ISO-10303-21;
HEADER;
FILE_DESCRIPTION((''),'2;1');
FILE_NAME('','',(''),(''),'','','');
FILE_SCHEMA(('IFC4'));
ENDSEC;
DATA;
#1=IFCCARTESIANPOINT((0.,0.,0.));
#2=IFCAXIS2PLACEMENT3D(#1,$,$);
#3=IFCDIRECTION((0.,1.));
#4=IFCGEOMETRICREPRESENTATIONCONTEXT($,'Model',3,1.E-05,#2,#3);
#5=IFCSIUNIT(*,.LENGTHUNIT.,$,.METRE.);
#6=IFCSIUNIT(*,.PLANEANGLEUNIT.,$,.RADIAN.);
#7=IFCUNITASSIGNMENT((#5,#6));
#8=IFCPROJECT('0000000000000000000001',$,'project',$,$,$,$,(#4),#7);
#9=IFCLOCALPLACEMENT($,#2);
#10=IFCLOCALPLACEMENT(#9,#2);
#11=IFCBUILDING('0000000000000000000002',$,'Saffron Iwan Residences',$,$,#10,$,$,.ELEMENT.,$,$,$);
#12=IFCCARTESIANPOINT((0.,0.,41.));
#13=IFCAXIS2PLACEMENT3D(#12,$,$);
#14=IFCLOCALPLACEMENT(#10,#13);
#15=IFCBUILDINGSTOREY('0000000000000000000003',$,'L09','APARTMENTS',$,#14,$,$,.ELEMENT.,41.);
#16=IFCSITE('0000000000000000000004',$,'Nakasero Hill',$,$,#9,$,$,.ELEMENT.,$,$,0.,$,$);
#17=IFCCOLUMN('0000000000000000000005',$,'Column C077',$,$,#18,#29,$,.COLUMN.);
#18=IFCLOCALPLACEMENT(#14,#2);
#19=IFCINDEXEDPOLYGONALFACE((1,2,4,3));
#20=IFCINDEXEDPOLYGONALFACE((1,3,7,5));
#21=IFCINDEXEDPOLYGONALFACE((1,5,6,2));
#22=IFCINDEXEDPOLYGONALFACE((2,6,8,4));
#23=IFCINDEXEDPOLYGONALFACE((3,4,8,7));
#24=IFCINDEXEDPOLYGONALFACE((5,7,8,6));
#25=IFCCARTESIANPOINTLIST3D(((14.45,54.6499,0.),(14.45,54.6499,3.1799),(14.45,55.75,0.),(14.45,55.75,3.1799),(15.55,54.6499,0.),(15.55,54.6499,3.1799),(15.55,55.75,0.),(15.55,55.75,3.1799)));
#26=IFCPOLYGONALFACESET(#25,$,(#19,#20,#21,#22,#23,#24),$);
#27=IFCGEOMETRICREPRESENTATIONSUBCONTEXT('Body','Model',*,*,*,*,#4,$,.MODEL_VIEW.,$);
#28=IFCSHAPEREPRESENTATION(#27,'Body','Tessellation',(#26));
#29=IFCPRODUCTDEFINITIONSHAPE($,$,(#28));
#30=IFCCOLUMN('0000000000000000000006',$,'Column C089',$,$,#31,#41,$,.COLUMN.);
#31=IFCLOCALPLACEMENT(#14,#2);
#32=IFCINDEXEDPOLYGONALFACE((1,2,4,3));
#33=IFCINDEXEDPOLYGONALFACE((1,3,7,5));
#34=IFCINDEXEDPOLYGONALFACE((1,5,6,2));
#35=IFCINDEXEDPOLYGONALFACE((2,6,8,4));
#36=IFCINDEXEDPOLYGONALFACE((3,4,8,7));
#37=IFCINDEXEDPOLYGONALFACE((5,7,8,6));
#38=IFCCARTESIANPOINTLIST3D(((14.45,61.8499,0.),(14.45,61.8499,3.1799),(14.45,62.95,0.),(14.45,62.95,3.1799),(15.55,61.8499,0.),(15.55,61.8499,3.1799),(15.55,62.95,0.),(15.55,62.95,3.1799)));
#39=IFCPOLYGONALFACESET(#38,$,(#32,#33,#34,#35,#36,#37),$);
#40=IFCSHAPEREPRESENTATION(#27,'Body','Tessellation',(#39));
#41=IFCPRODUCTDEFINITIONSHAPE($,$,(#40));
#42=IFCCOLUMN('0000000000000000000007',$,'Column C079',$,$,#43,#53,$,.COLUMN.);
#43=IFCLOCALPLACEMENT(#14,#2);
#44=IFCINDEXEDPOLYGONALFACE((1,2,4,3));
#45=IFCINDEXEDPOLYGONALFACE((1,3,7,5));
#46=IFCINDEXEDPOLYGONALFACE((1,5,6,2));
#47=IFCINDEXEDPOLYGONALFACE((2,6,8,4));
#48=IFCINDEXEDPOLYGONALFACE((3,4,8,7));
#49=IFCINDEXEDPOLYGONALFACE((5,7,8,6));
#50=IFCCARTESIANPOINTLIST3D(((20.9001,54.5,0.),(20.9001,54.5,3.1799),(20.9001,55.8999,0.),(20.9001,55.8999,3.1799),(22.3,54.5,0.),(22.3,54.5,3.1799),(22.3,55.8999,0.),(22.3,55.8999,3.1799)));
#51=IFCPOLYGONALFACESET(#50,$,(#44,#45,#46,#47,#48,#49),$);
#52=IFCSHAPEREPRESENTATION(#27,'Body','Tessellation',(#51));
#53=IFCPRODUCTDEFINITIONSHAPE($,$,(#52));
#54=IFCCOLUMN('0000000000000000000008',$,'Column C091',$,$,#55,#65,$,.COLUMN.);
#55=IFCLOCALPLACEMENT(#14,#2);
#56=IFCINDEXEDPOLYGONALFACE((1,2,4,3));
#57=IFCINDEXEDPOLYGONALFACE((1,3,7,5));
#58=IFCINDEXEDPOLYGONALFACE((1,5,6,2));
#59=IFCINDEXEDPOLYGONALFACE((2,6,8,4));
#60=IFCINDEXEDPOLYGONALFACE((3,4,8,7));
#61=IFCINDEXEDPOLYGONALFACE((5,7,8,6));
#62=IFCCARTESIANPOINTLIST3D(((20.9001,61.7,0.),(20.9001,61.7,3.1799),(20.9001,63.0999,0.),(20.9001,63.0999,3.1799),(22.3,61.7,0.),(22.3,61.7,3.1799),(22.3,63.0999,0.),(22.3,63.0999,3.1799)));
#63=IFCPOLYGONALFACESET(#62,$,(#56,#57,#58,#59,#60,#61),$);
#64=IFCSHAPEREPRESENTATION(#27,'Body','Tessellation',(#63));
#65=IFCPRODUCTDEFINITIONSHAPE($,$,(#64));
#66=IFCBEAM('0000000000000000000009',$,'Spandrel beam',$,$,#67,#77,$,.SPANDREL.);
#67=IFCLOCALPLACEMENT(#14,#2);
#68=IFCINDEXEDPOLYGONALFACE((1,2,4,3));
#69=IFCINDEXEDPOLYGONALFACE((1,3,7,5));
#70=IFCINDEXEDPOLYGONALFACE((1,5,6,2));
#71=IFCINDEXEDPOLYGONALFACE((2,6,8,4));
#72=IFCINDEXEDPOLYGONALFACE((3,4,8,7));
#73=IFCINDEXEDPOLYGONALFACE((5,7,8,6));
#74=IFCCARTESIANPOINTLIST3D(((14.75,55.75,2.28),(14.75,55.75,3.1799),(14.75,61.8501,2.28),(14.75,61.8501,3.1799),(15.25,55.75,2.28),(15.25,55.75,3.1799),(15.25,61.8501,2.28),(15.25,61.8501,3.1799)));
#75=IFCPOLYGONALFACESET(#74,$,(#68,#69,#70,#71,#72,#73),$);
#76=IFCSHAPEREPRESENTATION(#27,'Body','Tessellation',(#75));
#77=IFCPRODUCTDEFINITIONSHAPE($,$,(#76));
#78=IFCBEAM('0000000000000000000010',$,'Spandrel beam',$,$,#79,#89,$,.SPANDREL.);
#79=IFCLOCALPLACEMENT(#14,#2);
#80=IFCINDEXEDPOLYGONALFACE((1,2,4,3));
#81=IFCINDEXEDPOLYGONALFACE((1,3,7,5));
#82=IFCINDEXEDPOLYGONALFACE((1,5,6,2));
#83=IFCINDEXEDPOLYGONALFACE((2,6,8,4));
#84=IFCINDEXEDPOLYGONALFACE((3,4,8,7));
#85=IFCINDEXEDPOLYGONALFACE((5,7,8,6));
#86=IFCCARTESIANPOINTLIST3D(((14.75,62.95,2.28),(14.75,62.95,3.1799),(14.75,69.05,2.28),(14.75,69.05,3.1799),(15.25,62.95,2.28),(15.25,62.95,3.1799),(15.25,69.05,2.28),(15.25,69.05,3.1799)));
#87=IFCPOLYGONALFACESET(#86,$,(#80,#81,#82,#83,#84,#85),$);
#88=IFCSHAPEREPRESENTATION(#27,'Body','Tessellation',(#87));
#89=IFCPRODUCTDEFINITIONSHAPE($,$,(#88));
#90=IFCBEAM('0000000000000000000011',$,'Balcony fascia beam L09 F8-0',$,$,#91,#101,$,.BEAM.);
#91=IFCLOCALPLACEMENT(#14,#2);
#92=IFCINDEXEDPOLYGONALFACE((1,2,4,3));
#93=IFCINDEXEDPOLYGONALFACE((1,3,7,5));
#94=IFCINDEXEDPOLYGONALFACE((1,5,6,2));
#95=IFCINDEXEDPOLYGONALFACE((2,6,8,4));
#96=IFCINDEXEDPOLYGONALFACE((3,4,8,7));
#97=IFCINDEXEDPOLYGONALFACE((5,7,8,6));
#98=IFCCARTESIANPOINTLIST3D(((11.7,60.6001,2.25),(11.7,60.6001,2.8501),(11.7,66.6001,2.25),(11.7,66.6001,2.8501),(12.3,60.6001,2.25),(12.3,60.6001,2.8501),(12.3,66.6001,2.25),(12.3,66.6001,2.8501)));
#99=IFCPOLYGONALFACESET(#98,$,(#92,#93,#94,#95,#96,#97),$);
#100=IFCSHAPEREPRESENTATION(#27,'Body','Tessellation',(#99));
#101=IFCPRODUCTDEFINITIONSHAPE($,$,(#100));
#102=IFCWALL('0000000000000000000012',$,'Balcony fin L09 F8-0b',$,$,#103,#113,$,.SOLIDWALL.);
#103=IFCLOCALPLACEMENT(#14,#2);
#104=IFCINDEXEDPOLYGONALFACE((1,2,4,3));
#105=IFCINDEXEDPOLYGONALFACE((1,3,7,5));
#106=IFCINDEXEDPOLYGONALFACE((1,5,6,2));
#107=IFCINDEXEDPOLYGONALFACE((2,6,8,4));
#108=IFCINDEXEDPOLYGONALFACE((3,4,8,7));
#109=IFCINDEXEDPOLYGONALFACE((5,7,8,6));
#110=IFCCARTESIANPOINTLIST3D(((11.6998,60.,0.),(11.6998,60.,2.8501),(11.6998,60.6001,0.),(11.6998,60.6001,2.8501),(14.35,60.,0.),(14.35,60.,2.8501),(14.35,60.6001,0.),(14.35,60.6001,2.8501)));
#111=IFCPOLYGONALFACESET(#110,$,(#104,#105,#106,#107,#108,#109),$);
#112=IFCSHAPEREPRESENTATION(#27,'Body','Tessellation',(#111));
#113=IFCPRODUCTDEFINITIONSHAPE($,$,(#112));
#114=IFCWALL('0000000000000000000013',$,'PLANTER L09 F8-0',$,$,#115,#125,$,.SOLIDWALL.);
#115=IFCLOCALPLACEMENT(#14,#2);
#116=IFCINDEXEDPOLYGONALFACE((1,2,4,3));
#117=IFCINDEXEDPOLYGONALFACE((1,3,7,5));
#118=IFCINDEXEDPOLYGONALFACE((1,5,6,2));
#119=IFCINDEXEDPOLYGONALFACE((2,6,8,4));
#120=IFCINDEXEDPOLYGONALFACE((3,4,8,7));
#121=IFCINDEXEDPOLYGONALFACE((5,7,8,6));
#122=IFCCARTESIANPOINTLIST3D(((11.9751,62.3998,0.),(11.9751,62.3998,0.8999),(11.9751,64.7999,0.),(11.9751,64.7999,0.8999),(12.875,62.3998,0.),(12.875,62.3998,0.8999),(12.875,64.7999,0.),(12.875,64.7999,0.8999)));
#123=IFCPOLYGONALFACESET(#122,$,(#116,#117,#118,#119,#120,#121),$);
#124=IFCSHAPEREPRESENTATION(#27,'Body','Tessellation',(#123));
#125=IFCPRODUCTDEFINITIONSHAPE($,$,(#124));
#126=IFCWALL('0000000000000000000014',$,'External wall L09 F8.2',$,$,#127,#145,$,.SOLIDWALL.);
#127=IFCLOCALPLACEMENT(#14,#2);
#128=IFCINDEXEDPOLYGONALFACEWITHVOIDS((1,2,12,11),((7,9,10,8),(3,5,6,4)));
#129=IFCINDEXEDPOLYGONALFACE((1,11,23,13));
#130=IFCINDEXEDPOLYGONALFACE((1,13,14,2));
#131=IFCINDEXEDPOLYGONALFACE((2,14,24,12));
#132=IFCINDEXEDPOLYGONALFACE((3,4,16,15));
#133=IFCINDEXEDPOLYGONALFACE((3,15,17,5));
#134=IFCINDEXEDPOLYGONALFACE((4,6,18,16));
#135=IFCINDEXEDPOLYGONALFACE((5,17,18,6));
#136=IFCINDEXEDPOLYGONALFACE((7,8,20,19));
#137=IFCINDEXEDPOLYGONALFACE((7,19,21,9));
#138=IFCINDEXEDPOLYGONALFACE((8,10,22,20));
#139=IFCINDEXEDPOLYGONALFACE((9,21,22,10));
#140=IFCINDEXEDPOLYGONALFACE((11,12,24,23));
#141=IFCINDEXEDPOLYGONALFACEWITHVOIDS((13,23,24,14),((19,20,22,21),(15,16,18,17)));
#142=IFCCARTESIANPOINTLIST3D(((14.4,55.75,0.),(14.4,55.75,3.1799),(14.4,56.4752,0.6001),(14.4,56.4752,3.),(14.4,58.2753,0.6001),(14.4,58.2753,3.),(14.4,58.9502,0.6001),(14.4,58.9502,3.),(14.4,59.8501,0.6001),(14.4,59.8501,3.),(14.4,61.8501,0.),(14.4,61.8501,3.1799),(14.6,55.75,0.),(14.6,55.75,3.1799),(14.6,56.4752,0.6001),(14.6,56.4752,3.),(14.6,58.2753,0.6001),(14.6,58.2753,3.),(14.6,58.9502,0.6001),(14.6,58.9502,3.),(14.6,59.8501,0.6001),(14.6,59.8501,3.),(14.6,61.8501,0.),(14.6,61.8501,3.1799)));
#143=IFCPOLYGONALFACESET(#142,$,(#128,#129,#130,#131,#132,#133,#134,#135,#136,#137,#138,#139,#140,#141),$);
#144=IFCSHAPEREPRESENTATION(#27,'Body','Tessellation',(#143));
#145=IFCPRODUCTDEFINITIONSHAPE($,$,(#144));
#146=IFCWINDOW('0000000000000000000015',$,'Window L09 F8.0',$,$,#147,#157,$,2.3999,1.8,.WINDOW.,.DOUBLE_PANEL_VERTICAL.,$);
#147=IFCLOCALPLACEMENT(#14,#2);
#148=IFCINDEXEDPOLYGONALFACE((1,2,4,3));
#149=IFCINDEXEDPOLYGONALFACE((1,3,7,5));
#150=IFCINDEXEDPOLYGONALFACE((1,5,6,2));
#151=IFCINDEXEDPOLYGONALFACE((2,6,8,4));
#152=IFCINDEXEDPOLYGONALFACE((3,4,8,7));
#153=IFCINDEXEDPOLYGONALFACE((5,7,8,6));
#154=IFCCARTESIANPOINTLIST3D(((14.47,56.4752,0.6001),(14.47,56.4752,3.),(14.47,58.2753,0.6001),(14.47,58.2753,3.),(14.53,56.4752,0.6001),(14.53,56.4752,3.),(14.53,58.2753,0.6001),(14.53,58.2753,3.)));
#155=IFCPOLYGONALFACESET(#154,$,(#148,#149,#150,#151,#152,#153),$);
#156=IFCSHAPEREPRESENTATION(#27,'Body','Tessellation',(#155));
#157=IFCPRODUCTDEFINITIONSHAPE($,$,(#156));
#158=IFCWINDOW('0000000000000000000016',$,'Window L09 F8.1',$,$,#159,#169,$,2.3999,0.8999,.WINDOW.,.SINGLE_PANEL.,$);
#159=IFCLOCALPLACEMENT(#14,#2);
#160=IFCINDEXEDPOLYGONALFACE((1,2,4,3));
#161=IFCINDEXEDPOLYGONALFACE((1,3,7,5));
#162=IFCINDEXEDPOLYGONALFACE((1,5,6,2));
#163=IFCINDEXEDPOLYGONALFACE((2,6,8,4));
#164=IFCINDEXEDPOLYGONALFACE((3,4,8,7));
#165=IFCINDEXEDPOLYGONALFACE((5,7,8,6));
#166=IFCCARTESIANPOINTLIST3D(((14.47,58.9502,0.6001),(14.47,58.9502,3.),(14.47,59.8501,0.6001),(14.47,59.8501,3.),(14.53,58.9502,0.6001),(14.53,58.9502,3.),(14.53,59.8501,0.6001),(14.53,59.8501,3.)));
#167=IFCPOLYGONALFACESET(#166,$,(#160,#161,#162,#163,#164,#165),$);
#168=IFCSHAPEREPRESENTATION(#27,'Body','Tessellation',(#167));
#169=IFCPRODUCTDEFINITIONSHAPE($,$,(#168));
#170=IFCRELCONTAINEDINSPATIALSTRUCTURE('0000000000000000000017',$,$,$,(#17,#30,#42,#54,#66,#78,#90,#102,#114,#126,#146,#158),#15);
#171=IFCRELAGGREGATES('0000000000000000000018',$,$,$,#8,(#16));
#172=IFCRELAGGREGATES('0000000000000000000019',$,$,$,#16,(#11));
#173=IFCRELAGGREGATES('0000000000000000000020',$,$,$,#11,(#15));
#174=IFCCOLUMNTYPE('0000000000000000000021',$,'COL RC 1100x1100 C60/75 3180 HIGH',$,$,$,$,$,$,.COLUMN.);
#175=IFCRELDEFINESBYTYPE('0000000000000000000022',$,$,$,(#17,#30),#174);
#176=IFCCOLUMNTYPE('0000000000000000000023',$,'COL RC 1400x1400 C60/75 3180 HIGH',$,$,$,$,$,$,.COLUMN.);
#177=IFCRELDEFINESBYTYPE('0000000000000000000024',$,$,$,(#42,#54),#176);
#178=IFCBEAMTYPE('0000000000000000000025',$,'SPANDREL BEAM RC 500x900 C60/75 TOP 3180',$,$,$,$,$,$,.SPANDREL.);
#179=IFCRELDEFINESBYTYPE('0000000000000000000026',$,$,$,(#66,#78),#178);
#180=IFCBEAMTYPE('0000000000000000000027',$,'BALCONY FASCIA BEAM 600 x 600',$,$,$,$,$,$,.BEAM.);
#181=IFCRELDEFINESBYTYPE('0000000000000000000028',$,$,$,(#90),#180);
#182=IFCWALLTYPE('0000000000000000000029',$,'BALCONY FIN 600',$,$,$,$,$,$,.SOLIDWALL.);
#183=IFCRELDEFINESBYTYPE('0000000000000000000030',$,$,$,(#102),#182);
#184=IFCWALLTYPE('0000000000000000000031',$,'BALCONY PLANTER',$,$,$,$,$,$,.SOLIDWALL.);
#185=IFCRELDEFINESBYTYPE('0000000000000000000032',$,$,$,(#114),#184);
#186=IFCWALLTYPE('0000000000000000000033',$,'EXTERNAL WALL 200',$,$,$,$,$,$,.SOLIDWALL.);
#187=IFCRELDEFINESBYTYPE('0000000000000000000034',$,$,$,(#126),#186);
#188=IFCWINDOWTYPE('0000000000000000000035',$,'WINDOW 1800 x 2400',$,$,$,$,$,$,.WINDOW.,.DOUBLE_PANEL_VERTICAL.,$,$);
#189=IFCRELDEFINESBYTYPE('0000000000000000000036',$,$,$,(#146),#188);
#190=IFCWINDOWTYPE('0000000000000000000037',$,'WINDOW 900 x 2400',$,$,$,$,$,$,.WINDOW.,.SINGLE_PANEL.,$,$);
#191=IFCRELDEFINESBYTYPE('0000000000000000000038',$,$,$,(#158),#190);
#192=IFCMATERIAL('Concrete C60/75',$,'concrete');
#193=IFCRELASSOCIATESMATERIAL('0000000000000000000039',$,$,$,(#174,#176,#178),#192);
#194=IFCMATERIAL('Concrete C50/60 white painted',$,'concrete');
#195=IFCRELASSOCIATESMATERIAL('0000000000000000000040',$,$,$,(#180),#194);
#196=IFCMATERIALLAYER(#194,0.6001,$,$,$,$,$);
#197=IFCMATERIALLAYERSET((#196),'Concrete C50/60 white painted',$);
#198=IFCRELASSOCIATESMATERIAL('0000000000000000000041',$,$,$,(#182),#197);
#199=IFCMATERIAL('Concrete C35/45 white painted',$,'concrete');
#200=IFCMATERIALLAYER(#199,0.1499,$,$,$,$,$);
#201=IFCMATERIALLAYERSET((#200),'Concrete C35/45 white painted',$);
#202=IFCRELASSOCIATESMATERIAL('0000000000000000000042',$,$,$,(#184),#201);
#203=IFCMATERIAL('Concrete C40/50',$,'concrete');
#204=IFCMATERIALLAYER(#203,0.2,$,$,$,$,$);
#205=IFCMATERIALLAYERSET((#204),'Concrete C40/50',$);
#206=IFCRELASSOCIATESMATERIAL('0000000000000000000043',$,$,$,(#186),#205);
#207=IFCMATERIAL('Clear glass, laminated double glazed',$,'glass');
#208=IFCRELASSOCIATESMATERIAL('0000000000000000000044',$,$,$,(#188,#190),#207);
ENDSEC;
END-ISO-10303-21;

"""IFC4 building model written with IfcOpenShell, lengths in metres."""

from ifc_helpers import new_model, si_unit, direction, frame, frame_2d, origin, origin_2d, place, context, subcontext, project, spatial, rectangle, extrude, source, transform, mapped, material, layer, layer_set, material_profile, profile_set, type_object, element, fill, save


model = new_model("IFC4")

# Units and contexts
model_context = context("Model", 3, precision=1e-05, world=origin(), true_north=direction((0.0, 1.0)))
body_context = subcontext(model_context, "Body", "Model", "MODEL_VIEW")
ifc_project = project(units=[si_unit("LENGTHUNIT", "METRE"), si_unit("PLANEANGLEUNIT", "RADIAN")], contexts=[model_context])

# Site, building, storey
site_placement = place(None, origin())
site = spatial("IfcSite", under=ifc_project, at=site_placement, Name="Nakasero Hill", CompositionType="ELEMENT", RefElevation=0.0)
building_placement = place(site_placement, origin())
building = spatial("IfcBuilding", under=site, at=building_placement, Name="Saffron Iwan Residences", CompositionType="ELEMENT")
storey_placement = place(building_placement, frame((0.0, 0.0, 41.0)))
storey = spatial("IfcBuildingStorey", under=building, at=storey_placement, Name="L09", Description="APARTMENTS", CompositionType="ELEMENT", Elevation=41.0)

# Columns
ifc_material_1 = material(Name="Concrete C60/75", Category="concrete")
ifc_material_profile_1 = material_profile(ifc_material_1, rectangle(XDim=1.1001, YDim=1.1001, at=origin_2d()), Name="RC 1100x1100")
ifc_profile_set_1 = profile_set([ifc_material_profile_1], Name="Concrete C60/75")
column_type_1 = type_object("IfcColumnType", Name="COL RC 1100x1100 C60/75 3180 HIGH", PredefinedType="COLUMN", material=ifc_profile_set_1)
shared_shape_1 = source(origin(), body_context, "Body", "SweptSolid", [
    extrude(rectangle(XDim=1.1001, YDim=1.1001, at=origin_2d()), origin(), (0.0, 0.0, 1.0), 3.1799),
])
for number, where, z_axis, x_axis, name in (
    (1, (15.0, 55.2, 0.0), (0.0, 0.0, 1.0), (1.0, 0.0, 0.0), "Column C077"),
    (2, (15.0, 62.3999, 0.0), (0.0, 0.0, 1.0), (1.0, 0.0, 0.0), "Column C089"),
):
    element("IfcColumn", number, at=place(storey_placement, frame(where, z_axis=z_axis, x_axis=x_axis)), inside=storey, type_object=column_type_1, Name=name, PredefinedType="COLUMN", context=body_context, shape_type="MappedRepresentation", body=[
        mapped(shared_shape_1, transform((0.0, 0.0, 0.0))),
    ])
ifc_material_profile_2 = material_profile(ifc_material_1, rectangle(XDim=1.3999, YDim=1.3999, at=origin_2d()), Name="RC 1400x1400")
ifc_profile_set_2 = profile_set([ifc_material_profile_2], Name="Concrete C60/75")
column_type_2 = type_object("IfcColumnType", Name="COL RC 1400x1400 C60/75 3180 HIGH", PredefinedType="COLUMN", material=ifc_profile_set_2)
shared_shape_2 = source(origin(), body_context, "Body", "SweptSolid", [
    extrude(rectangle(XDim=1.3999, YDim=1.3999, at=origin_2d()), origin(), (0.0, 0.0, 1.0), 3.1799),
])
for number, where, z_axis, x_axis, name in (
    (3, (21.6001, 55.2, 0.0), (0.0, 0.0, 1.0), (1.0, 0.0, 0.0), "Column C079"),
    (4, (21.6001, 62.3999, 0.0), (0.0, 0.0, 1.0), (1.0, 0.0, 0.0), "Column C091"),
):
    element("IfcColumn", number, at=place(storey_placement, frame(where, z_axis=z_axis, x_axis=x_axis)), inside=storey, type_object=column_type_2, Name=name, PredefinedType="COLUMN", context=body_context, shape_type="MappedRepresentation", body=[
        mapped(shared_shape_2, transform((0.0, 0.0, 0.0))),
    ])

# Beams
ifc_material_profile_3 = material_profile(ifc_material_1, rectangle(XDim=0.5, YDim=0.8999, at=origin_2d()), Name="RC 500x900")
ifc_profile_set_3 = profile_set([ifc_material_profile_3], Name="Concrete C60/75")
beam_type_1 = type_object("IfcBeamType", Name="SPANDREL BEAM RC 500x900 C60/75 TOP 3180", PredefinedType="SPANDREL", material=ifc_profile_set_3)
shared_shape_3 = source(origin(), body_context, "Body", "SweptSolid", [
    extrude(rectangle(XDim=0.5, YDim=0.8999, at=origin_2d()), origin(), (0.0, 0.0, 1.0), 6.1001),
])
for number, where, z_axis, x_axis, name in (
    (5, (15.0, 55.75, 2.73), (0.0, 1.0, 0.0), (-1.0, 0.0, 0.0), "Spandrel beam"),
    (6, (15.0, 62.95, 2.73), (0.0, 1.0, 0.0), (-1.0, 0.0, 0.0), "Spandrel beam"),
):
    element("IfcBeam", number, at=place(storey_placement, frame(where, z_axis=z_axis, x_axis=x_axis)), inside=storey, type_object=beam_type_1, Name=name, PredefinedType="SPANDREL", context=body_context, shape_type="MappedRepresentation", body=[
        mapped(shared_shape_3, transform((0.0, 0.0, 0.0))),
    ])
ifc_material_2 = material(Name="Concrete C50/60 white painted", Category="concrete")
ifc_material_profile_4 = material_profile(ifc_material_2, rectangle(XDim=0.6001, YDim=0.6001, at=origin_2d()), Name="BALCONY FASCIA BEAM 600 x 600")
ifc_profile_set_4 = profile_set([ifc_material_profile_4], Name="Concrete C50/60 white painted")
beam_type_2 = type_object("IfcBeamType", Name="BALCONY FASCIA BEAM 600 x 600", PredefinedType="BEAM", material=ifc_profile_set_4)
shared_shape_4 = source(origin(), body_context, "Body", "SweptSolid", [
    extrude(rectangle(XDim=0.6001, YDim=0.6001, at=origin_2d()), origin(), (0.0, 0.0, 1.0), 6.0),
])
beam_placement = place(storey_placement, frame((12.0, 66.6001, 2.55), z_axis=(0.0, -1.0, 0.0), x_axis=(1.0, 0.0, 0.0)))
element("IfcBeam", 7, at=beam_placement, inside=storey, type_object=beam_type_2, Name="Balcony fascia beam L09 F8-0", PredefinedType="BEAM", context=body_context, shape_type="MappedRepresentation", body=[
    mapped(shared_shape_4, transform((0.0, 0.0, 0.0))),
])

# Walls
ifc_layer_1 = layer(ifc_material_2, 0.6001)
ifc_layer_set_1 = layer_set([ifc_layer_1], Name="Concrete C50/60 white painted")
wall_type_1 = type_object("IfcWallType", Name="BALCONY FIN 600", PredefinedType="SOLIDWALL", material=ifc_layer_set_1)
wall_1_placement = place(storey_placement, frame((14.3501, 60.3, 0.0), z_axis=(0.0, 0.0, 1.0), x_axis=(-1.0, 0.0, 0.0)))
element("IfcWall", 8, at=wall_1_placement, inside=storey, type_object=wall_type_1, Name="Balcony fin L09 F8-0b", PredefinedType="SOLIDWALL", context=body_context, shape_type="SweptSolid", body=[
    extrude(rectangle(XDim=2.6501, YDim=0.6001, at=frame_2d((1.3252, 0.0))), origin(), (0.0, 0.0, 1.0), 2.8501),
])
ifc_material_3 = material(Name="Concrete C35/45 white painted", Category="concrete")
ifc_layer_2 = layer(ifc_material_3, 0.1499)
ifc_layer_set_2 = layer_set([ifc_layer_2], Name="Concrete C35/45 white painted")
wall_type_2 = type_object("IfcWallType", Name="BALCONY PLANTER", PredefinedType="SOLIDWALL", material=ifc_layer_set_2)
wall_2_placement = place(storey_placement, frame((12.425, 64.8, 0.0), z_axis=(0.0, 0.0, 1.0), x_axis=(0.0, -1.0, 0.0)))
element("IfcWall", 9, at=wall_2_placement, inside=storey, type_object=wall_type_2, Name="PLANTER L09 F8-0", PredefinedType="SOLIDWALL", context=body_context, shape_type="SweptSolid", body=[
    extrude(rectangle(XDim=2.4001, YDim=0.8999, at=frame_2d((1.2002, 0.0))), origin(), (0.0, 0.0, 1.0), 0.8999),
])

# Wall, openings, windows
ifc_material_4 = material(Name="Concrete C40/50", Category="concrete")
ifc_layer_3 = layer(ifc_material_4, 0.2)
ifc_layer_set_3 = layer_set([ifc_layer_3], Name="Concrete C40/50")
wall_type_3 = type_object("IfcWallType", Name="EXTERNAL WALL 200", PredefinedType="SOLIDWALL", material=ifc_layer_set_3)
wall_3_placement = place(storey_placement, frame((14.5, 61.8501, 0.0), z_axis=(0.0, 0.0, 1.0), x_axis=(0.0, -1.0, 0.0)))
wall_3 = element("IfcWall", 10, at=wall_3_placement, inside=storey, type_object=wall_type_3, Name="External wall L09 F8.2", PredefinedType="SOLIDWALL", context=body_context, shape_type="SweptSolid", body=[
    extrude(rectangle(XDim=6.1001, YDim=0.2, at=frame_2d((3.05, 0.0))), origin(), (0.0, 0.0, 1.0), 3.1799),
])
opening_1_placement = place(wall_3_placement, frame((3.575, 0.0, 0.6001)))
opening_1 = element("IfcOpeningElement", 11, at=opening_1_placement, cuts=wall_3, PredefinedType="OPENING", context=body_context, shape_type="SweptSolid", body=[
    extrude(rectangle(XDim=1.8, YDim=2.3999, at=frame_2d((0.8999, 1.2))), frame((0.0, 0.1099, 0.0), z_axis=(0.0, -1.0, 0.0), x_axis=(1.0, 0.0, 0.0)), (0.0, 0.0, 1.0), 0.22),
])
opening_2_placement = place(wall_3_placement, frame((2.0, 0.0, 0.6001)))
opening_2 = element("IfcOpeningElement", 12, at=opening_2_placement, cuts=wall_3, PredefinedType="OPENING", context=body_context, shape_type="SweptSolid", body=[
    extrude(rectangle(XDim=0.8999, YDim=2.3999, at=frame_2d((0.45, 1.2))), frame((0.0, 0.1099, 0.0), z_axis=(0.0, -1.0, 0.0), x_axis=(1.0, 0.0, 0.0)), (0.0, 0.0, 1.0), 0.22),
])
ifc_material_5 = material(Name="Clear glass, laminated double glazed", Category="glass")
window_type_1 = type_object("IfcWindowType", Name="WINDOW 1800 x 2400", PartitioningType="DOUBLE_PANEL_VERTICAL", PredefinedType="WINDOW", material=ifc_material_5)
window_1_placement = place(opening_1_placement, origin())
window_1 = element("IfcWindow", 13, at=window_1_placement, inside=storey, type_object=window_type_1, Name="Window L09 F8.0", OverallHeight=2.3999, OverallWidth=1.8, PartitioningType="DOUBLE_PANEL_VERTICAL", PredefinedType="WINDOW", context=body_context, shape_type="SweptSolid", body=[
    extrude(rectangle(XDim=1.8, YDim=2.3999, at=frame_2d((0.8999, 1.2))), frame((0.0, 0.03, 0.0), z_axis=(0.0, -1.0, 0.0), x_axis=(1.0, 0.0, 0.0)), (0.0, 0.0, 1.0), 0.0601),
])
fill(opening_1, window_1)
window_type_2 = type_object("IfcWindowType", Name="WINDOW 900 x 2400", PartitioningType="SINGLE_PANEL", PredefinedType="WINDOW", material=ifc_material_5)
window_2_placement = place(opening_2_placement, origin())
window_2 = element("IfcWindow", 14, at=window_2_placement, inside=storey, type_object=window_type_2, Name="Window L09 F8.1", OverallHeight=2.3999, OverallWidth=0.8999, PartitioningType="SINGLE_PANEL", PredefinedType="WINDOW", context=body_context, shape_type="SweptSolid", body=[
    extrude(rectangle(XDim=0.8999, YDim=2.3999, at=frame_2d((0.45, 1.2))), frame((0.0, 0.03, 0.0), z_axis=(0.0, -1.0, 0.0), x_axis=(1.0, 0.0, 0.0)), (0.0, 0.0, 1.0), 0.0601),
])
fill(opening_2, window_2)

save(model, "model.ifc")
